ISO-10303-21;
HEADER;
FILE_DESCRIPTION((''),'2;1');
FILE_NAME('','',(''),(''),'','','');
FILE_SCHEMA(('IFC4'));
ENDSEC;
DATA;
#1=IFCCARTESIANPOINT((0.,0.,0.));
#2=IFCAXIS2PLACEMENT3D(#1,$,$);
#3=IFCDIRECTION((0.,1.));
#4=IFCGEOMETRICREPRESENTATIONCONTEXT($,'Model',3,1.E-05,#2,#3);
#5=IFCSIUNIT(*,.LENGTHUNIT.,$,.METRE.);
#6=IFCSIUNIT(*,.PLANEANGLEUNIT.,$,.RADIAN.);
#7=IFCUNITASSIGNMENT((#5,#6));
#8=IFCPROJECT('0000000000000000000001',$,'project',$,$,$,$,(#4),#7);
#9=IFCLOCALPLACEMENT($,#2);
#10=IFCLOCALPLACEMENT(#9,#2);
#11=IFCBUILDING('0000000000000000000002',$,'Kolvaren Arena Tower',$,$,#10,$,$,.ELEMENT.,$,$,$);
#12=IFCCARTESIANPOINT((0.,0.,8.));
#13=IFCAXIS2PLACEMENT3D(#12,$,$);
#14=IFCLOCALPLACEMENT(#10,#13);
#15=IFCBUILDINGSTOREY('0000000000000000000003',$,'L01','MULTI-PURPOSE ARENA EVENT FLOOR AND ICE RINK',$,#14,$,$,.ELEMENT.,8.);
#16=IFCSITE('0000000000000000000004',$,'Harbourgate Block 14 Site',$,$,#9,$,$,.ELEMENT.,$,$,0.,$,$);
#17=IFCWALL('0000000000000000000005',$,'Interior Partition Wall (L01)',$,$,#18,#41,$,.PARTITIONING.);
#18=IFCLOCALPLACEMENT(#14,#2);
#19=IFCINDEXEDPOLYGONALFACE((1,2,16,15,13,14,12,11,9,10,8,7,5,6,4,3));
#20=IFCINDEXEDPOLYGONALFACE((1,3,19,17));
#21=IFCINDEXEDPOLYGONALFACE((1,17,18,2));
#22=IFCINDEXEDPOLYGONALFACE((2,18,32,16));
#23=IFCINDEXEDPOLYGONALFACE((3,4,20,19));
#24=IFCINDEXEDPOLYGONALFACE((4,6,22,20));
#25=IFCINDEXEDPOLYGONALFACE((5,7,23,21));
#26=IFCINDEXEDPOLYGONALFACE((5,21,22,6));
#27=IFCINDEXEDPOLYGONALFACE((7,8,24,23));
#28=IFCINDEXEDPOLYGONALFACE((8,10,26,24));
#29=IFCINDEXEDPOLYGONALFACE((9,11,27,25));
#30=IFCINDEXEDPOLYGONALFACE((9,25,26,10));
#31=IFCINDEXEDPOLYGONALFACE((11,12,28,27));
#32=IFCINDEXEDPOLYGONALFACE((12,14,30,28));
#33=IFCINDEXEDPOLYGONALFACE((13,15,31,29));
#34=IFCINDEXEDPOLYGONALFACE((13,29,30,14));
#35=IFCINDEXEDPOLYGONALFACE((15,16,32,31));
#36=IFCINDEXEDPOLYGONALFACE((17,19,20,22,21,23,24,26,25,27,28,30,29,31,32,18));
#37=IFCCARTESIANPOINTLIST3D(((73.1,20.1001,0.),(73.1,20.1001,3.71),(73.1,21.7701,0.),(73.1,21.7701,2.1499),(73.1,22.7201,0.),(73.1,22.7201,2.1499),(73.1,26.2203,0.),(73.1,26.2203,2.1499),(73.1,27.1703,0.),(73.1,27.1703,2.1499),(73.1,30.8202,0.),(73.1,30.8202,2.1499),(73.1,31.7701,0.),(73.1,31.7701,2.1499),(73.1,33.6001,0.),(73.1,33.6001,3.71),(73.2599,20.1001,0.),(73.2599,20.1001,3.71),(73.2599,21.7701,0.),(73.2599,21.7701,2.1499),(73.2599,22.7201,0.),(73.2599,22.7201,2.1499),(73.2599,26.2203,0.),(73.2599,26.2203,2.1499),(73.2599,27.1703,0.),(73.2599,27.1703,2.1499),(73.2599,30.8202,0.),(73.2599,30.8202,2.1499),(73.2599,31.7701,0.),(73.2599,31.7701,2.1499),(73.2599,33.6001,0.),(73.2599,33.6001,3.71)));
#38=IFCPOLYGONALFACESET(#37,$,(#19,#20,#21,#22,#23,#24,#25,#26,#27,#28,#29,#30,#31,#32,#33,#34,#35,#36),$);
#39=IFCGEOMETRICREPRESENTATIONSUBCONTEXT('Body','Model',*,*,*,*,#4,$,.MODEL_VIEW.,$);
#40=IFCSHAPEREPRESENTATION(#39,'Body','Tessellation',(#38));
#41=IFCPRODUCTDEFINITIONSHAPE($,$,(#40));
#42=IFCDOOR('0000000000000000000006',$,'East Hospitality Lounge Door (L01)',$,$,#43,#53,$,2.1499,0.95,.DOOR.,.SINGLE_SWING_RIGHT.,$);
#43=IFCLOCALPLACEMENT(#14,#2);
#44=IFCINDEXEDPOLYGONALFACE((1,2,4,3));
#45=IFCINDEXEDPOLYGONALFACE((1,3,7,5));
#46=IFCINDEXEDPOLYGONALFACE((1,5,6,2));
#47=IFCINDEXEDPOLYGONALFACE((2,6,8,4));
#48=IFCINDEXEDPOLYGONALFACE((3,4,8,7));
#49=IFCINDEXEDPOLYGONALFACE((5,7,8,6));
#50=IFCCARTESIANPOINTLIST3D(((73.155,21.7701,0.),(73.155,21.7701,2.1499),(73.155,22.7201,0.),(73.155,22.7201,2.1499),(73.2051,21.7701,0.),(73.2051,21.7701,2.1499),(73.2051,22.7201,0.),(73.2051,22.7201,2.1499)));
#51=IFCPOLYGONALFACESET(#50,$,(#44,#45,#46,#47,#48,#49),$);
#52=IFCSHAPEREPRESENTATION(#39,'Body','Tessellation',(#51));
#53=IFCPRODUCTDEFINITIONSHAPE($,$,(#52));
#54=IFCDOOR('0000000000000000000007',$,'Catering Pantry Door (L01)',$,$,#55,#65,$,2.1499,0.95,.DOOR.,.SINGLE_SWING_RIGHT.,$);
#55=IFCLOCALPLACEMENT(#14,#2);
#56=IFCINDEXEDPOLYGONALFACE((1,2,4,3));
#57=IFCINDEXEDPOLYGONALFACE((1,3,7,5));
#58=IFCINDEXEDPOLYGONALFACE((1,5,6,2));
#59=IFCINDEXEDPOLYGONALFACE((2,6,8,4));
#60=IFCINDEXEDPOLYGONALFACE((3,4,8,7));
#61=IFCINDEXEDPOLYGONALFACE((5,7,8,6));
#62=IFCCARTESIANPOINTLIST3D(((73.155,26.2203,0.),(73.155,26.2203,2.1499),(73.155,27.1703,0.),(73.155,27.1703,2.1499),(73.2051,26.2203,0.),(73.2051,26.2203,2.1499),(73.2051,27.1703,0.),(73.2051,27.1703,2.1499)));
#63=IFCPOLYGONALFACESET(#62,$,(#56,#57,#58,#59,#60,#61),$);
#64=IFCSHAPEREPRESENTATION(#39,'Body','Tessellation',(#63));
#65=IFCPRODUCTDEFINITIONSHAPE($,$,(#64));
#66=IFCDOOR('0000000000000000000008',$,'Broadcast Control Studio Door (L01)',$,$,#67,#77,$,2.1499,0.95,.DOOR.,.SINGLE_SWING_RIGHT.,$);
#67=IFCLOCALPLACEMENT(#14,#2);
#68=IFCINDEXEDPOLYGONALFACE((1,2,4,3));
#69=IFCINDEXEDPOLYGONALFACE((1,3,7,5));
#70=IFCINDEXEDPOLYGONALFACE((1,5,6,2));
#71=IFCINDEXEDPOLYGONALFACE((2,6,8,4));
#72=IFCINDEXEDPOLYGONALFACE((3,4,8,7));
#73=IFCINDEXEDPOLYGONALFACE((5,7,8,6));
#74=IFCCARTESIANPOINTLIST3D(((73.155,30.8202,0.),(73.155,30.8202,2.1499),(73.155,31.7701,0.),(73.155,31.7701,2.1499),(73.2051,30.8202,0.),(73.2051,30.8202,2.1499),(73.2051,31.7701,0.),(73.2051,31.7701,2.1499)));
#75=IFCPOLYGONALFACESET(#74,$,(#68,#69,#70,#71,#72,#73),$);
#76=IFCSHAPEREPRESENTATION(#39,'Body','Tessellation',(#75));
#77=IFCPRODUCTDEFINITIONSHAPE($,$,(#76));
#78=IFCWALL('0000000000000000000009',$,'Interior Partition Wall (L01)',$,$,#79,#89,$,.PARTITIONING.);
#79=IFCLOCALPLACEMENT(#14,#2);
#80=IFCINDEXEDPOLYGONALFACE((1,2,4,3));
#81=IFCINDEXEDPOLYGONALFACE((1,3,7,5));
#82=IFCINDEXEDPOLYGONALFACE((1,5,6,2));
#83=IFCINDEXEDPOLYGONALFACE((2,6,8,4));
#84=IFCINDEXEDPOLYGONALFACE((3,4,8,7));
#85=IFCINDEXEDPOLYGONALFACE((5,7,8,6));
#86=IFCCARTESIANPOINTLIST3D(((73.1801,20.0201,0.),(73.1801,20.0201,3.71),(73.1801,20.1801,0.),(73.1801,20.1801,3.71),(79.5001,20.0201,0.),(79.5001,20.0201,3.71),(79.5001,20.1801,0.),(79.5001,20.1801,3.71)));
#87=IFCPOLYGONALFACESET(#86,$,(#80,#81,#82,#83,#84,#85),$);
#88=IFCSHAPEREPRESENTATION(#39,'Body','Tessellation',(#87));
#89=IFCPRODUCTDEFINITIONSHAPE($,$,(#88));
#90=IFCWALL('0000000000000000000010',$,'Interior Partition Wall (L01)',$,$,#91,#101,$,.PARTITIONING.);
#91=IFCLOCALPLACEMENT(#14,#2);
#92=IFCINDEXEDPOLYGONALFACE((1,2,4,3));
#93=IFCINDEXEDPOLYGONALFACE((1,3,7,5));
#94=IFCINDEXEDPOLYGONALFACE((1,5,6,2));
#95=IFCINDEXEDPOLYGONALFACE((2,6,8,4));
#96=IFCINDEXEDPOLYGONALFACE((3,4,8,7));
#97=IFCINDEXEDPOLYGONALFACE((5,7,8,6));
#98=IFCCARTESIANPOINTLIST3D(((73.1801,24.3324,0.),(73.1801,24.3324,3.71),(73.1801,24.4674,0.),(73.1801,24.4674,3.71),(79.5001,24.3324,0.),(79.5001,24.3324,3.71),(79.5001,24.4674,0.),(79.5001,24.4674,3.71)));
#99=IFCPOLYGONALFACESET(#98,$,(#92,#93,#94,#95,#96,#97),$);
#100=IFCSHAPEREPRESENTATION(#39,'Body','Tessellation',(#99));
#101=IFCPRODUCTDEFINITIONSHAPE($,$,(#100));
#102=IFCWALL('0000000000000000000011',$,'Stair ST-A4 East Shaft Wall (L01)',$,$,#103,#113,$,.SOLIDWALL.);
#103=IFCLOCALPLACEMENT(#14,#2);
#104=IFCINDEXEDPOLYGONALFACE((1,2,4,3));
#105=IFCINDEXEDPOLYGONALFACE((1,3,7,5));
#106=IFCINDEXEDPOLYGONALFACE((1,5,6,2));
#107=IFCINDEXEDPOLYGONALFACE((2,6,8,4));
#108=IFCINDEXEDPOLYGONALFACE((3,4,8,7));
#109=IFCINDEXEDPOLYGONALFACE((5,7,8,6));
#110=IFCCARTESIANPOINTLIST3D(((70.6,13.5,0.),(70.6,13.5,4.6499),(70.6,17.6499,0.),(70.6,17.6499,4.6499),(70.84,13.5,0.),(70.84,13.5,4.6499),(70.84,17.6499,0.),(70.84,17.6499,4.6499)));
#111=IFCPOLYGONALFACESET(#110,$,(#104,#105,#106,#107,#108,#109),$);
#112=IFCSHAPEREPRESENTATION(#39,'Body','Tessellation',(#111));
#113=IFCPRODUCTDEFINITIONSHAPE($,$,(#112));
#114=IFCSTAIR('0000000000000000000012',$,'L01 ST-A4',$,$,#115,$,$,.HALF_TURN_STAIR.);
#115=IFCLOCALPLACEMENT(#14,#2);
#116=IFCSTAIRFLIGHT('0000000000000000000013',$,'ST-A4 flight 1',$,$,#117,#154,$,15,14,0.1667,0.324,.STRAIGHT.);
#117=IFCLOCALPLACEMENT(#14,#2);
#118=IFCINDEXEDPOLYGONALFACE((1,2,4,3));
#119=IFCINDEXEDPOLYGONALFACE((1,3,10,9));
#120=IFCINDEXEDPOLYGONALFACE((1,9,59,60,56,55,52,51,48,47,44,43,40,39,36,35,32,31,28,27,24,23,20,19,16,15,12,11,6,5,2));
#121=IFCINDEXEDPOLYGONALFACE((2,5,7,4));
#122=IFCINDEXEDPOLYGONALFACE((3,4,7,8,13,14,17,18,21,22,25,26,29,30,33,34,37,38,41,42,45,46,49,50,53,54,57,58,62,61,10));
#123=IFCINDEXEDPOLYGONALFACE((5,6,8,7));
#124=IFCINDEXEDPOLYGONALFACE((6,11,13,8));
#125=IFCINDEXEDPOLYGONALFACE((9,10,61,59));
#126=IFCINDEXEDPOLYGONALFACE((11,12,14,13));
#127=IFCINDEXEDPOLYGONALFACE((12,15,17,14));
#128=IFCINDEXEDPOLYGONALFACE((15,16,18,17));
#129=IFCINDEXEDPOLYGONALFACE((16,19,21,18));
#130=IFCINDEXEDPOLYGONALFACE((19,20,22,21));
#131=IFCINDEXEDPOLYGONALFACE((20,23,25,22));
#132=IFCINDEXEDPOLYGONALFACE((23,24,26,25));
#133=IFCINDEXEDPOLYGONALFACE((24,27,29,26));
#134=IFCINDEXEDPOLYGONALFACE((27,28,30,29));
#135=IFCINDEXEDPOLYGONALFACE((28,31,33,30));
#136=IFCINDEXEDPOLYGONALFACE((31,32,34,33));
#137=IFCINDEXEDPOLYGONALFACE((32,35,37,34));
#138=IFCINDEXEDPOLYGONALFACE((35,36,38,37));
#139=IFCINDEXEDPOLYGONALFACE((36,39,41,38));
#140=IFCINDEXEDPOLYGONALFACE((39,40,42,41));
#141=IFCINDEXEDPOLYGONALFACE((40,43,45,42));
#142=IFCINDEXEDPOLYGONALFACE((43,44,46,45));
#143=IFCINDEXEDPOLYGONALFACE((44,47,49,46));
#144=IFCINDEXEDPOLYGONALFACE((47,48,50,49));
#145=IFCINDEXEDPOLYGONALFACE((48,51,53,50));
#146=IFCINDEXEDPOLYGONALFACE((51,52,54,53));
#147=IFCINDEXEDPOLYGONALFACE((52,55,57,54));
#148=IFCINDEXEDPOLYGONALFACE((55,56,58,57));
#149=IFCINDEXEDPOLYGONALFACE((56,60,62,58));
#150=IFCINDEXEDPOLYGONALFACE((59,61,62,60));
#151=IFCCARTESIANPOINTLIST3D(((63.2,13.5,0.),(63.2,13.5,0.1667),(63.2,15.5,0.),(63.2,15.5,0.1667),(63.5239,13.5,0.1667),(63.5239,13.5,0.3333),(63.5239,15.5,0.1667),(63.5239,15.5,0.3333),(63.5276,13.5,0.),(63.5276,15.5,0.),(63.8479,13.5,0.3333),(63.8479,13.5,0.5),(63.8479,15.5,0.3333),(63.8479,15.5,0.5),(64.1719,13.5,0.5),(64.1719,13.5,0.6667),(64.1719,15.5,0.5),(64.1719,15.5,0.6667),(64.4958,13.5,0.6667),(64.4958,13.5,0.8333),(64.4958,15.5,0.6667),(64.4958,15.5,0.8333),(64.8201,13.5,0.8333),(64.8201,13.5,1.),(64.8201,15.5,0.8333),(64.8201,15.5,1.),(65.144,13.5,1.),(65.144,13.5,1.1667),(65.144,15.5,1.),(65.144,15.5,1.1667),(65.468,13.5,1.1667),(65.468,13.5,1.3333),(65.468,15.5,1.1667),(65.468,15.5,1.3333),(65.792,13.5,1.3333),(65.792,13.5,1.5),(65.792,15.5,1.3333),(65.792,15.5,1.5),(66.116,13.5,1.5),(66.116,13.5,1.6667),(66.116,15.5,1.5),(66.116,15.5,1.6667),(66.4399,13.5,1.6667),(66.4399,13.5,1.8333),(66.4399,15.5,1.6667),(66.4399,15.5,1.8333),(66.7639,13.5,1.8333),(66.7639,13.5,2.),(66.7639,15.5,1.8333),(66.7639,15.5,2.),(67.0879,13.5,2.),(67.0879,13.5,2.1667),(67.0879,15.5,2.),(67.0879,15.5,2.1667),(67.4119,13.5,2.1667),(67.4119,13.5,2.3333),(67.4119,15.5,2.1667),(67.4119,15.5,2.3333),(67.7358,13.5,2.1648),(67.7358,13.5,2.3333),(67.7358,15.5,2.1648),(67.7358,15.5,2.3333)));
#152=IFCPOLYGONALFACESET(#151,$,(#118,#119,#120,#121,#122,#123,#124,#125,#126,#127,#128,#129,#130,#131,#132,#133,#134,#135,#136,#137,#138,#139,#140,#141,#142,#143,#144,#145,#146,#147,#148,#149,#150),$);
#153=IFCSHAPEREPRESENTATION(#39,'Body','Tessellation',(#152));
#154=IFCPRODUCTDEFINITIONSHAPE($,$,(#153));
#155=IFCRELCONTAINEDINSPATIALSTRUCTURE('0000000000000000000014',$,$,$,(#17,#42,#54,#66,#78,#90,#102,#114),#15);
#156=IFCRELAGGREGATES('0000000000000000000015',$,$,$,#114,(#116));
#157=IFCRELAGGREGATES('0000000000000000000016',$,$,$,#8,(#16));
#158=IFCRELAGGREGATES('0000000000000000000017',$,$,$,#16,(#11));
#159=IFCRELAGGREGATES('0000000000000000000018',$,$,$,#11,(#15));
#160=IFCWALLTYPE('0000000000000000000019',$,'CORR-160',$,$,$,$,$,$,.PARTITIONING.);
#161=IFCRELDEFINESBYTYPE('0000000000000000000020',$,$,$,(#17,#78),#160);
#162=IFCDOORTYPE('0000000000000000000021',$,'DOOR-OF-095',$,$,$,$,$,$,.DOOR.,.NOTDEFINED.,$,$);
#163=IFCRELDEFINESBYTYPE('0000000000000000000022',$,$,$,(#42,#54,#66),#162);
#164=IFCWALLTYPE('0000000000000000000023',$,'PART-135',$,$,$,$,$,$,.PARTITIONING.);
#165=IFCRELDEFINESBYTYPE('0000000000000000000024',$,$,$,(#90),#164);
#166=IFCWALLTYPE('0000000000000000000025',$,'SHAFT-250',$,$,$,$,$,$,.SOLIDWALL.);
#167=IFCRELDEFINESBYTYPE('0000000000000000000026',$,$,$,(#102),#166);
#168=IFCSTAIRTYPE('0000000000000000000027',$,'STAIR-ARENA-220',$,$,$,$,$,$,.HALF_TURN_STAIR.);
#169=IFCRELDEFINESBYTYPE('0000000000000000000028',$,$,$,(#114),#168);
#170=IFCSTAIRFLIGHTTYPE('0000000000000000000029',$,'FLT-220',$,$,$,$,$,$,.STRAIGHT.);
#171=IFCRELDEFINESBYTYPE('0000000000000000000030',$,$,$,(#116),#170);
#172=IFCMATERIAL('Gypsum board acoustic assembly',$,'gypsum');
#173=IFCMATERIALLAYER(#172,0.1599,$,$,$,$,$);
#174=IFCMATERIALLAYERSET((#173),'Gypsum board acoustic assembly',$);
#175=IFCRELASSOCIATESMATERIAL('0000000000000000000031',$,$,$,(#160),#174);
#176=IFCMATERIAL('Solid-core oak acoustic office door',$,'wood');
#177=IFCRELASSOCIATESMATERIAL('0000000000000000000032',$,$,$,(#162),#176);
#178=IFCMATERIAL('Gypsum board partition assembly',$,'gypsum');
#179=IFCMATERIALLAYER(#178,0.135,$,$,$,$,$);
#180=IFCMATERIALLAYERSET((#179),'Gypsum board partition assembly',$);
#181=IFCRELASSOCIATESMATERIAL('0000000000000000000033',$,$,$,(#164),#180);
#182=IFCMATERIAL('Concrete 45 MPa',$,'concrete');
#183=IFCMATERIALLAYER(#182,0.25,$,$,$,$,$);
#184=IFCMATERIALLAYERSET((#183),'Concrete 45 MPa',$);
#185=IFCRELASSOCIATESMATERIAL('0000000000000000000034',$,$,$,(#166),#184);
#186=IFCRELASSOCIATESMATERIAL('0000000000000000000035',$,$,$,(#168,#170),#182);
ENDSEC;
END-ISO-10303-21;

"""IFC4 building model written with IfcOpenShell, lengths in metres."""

from ifc_helpers import new_model, si_unit, direction, frame, frame_2d, origin, place, context, subcontext, project, spatial, polyline, rectangle, outline, extrude, material, layer, layer_set, type_object, element, fill, aggregate, save


model = new_model("IFC4")

# Units and contexts
model_context = context("Model", 3, precision=1e-05, world=origin(), true_north=direction((0.0, 1.0)))
body_context = subcontext(model_context, "Body", "Model", "MODEL_VIEW")
ifc_project = project(units=[si_unit("LENGTHUNIT", "METRE"), si_unit("PLANEANGLEUNIT", "RADIAN")], contexts=[model_context])

# Site, building, storey
site_placement = place(None, origin())
site = spatial("IfcSite", under=ifc_project, at=site_placement, Name="Harbourgate Block 14 Site", CompositionType="ELEMENT", RefElevation=0.0)
building_placement = place(site_placement, origin())
building = spatial("IfcBuilding", under=site, at=building_placement, Name="Kolvaren Arena Tower", CompositionType="ELEMENT")
storey_placement = place(building_placement, frame((0.0, 0.0, 8.0)))
storey = spatial("IfcBuildingStorey", under=building, at=storey_placement, Name="L01", Description="MULTI-PURPOSE ARENA EVENT FLOOR AND ICE RINK", CompositionType="ELEMENT", Elevation=8.0)

# Shared definitions
ifc_material_1 = material(Name="Gypsum board acoustic assembly", Category="gypsum")
ifc_layer_1 = layer(ifc_material_1, 0.1599)
ifc_layer_set_1 = layer_set([ifc_layer_1], Name="Gypsum board acoustic assembly")
wall_type_1 = type_object("IfcWallType", Name="CORR-160", PredefinedType="PARTITIONING", material=ifc_layer_set_1)
ifc_material_2 = material(Name="Solid-core oak acoustic office door", Category="wood")
door_type = type_object("IfcDoorType", Name="DOOR-OF-095", OperationType="NOTDEFINED", PredefinedType="DOOR", material=ifc_material_2)

# Wall, openings, doors
wall_1_placement = place(storey_placement, frame((73.1799, 20.1001, 0.0), z_axis=(0.0, 0.0, 1.0), x_axis=(0.0, 1.0, 0.0)))
wall_1 = element("IfcWall", 1, at=wall_1_placement, inside=storey, type_object=wall_type_1, Name="Interior Partition Wall (L01)", PredefinedType="PARTITIONING", context=body_context, shape_type="SweptSolid", body=[
    extrude(rectangle(XDim=13.5, YDim=0.1599, at=frame_2d((6.75, 0.0))), origin(), (0.0, 0.0, 1.0), 3.71),
])
opening_1_placement = place(wall_1_placement, frame((1.6699, 0.0, 0.0)))
opening_1 = element("IfcOpeningElement", 2, at=opening_1_placement, cuts=wall_1, PredefinedType="OPENING", context=body_context, shape_type="SweptSolid", body=[
    extrude(rectangle(XDim=0.95, YDim=2.1499, at=frame_2d((0.4751, 1.075))), frame((0.0, 0.0898, 0.0), z_axis=(0.0, -1.0, 0.0), x_axis=(1.0, 0.0, 0.0)), (0.0, 0.0, 1.0), 0.1799),
])
opening_2_placement = place(wall_1_placement, frame((6.1201, 0.0, 0.0)))
opening_2 = element("IfcOpeningElement", 3, at=opening_2_placement, cuts=wall_1, PredefinedType="OPENING", context=body_context, shape_type="SweptSolid", body=[
    extrude(rectangle(XDim=0.95, YDim=2.1499, at=frame_2d((0.4751, 1.075))), frame((0.0, 0.0898, 0.0), z_axis=(0.0, -1.0, 0.0), x_axis=(1.0, 0.0, 0.0)), (0.0, 0.0, 1.0), 0.1799),
])
opening_3_placement = place(wall_1_placement, frame((10.72, 0.0, 0.0)))
opening_3 = element("IfcOpeningElement", 4, at=opening_3_placement, cuts=wall_1, PredefinedType="OPENING", context=body_context, shape_type="SweptSolid", body=[
    extrude(rectangle(XDim=0.95, YDim=2.1499, at=frame_2d((0.4751, 1.075))), frame((0.0, 0.0898, 0.0), z_axis=(0.0, -1.0, 0.0), x_axis=(1.0, 0.0, 0.0)), (0.0, 0.0, 1.0), 0.1799),
])
door_1_placement = place(opening_1_placement, origin())
door_1 = element("IfcDoor", 5, at=door_1_placement, inside=storey, type_object=door_type, Name="East Hospitality Lounge Door (L01)", OperationType="SINGLE_SWING_RIGHT", OverallHeight=2.1499, OverallWidth=0.95, PredefinedType="DOOR", context=body_context, shape_type="SweptSolid", body=[
    extrude(rectangle(XDim=0.95, YDim=2.1499, at=frame_2d((0.4751, 1.075))), frame((0.0, 0.0249, 0.0), z_axis=(0.0, -1.0, 0.0), x_axis=(1.0, 0.0, 0.0)), (0.0, 0.0, 1.0), 0.05),
])
fill(opening_1, door_1)
door_2_placement = place(opening_2_placement, origin())
door_2 = element("IfcDoor", 6, at=door_2_placement, inside=storey, type_object=door_type, Name="Catering Pantry Door (L01)", OperationType="SINGLE_SWING_RIGHT", OverallHeight=2.1499, OverallWidth=0.95, PredefinedType="DOOR", context=body_context, shape_type="SweptSolid", body=[
    extrude(rectangle(XDim=0.95, YDim=2.1499, at=frame_2d((0.4751, 1.075))), frame((0.0, 0.0249, 0.0), z_axis=(0.0, -1.0, 0.0), x_axis=(1.0, 0.0, 0.0)), (0.0, 0.0, 1.0), 0.05),
])
fill(opening_2, door_2)
door_3_placement = place(opening_3_placement, origin())
door_3 = element("IfcDoor", 7, at=door_3_placement, inside=storey, type_object=door_type, Name="Broadcast Control Studio Door (L01)", OperationType="SINGLE_SWING_RIGHT", OverallHeight=2.1499, OverallWidth=0.95, PredefinedType="DOOR", context=body_context, shape_type="SweptSolid", body=[
    extrude(rectangle(XDim=0.95, YDim=2.1499, at=frame_2d((0.4751, 1.075))), frame((0.0, 0.0249, 0.0), z_axis=(0.0, -1.0, 0.0), x_axis=(1.0, 0.0, 0.0)), (0.0, 0.0, 1.0), 0.05),
])
fill(opening_3, door_3)

# Walls
wall_2_placement = place(storey_placement, frame((73.1799, 20.1001, 0.0), z_axis=(0.0, 0.0, 1.0), x_axis=(1.0, 0.0, 0.0)))
element("IfcWall", 8, at=wall_2_placement, inside=storey, type_object=wall_type_1, Name="Interior Partition Wall (L01)", PredefinedType="PARTITIONING", context=body_context, shape_type="SweptSolid", body=[
    extrude(rectangle(XDim=6.3201, YDim=0.1599, at=frame_2d((3.1602, 0.0))), origin(), (0.0, 0.0, 1.0), 3.71),
])
ifc_material_3 = material(Name="Gypsum board partition assembly", Category="gypsum")
ifc_layer_2 = layer(ifc_material_3, 0.135)
ifc_layer_set_2 = layer_set([ifc_layer_2], Name="Gypsum board partition assembly")
wall_type_2 = type_object("IfcWallType", Name="PART-135", PredefinedType="PARTITIONING", material=ifc_layer_set_2)
wall_3_placement = place(storey_placement, frame((73.1799, 24.3999, 0.0), z_axis=(0.0, 0.0, 1.0), x_axis=(1.0, 0.0, 0.0)))
element("IfcWall", 9, at=wall_3_placement, inside=storey, type_object=wall_type_2, Name="Interior Partition Wall (L01)", PredefinedType="PARTITIONING", context=body_context, shape_type="SweptSolid", body=[
    extrude(rectangle(XDim=6.3201, YDim=0.135, at=frame_2d((3.1602, 0.0))), origin(), (0.0, 0.0, 1.0), 3.71),
])
ifc_material_4 = material(Name="Concrete 45 MPa", Category="concrete")
ifc_layer_3 = layer(ifc_material_4, 0.25)
ifc_layer_set_3 = layer_set([ifc_layer_3], Name="Concrete 45 MPa")
wall_type_3 = type_object("IfcWallType", Name="SHAFT-250", PredefinedType="SOLIDWALL", material=ifc_layer_set_3)
wall_4_placement = place(storey_placement, frame((70.72, 13.5, 0.0), z_axis=(0.0, 0.0, 1.0), x_axis=(0.0, 1.0, 0.0)))
element("IfcWall", 10, at=wall_4_placement, inside=storey, type_object=wall_type_3, Name="Stair ST-A4 East Shaft Wall (L01)", PredefinedType="SOLIDWALL", context=body_context, shape_type="SweptSolid", body=[
    extrude(rectangle(XDim=4.1499, YDim=0.24, at=frame_2d((2.075, 0.0))), origin(), (0.0, 0.0, 1.0), 4.6499),
])

# Stair, stair flight
stair_type = type_object("IfcStairType", Name="STAIR-ARENA-220", PredefinedType="HALF_TURN_STAIR", material=ifc_material_4)
stair_placement = place(storey_placement, origin())
stair = element("IfcStair", 11, at=stair_placement, inside=storey, type_object=stair_type, Name="L01 ST-A4", PredefinedType="HALF_TURN_STAIR")
stair_flight_type = type_object("IfcStairFlightType", Name="FLT-220", PredefinedType="STRAIGHT", material=ifc_material_4)
stair_flight_1_placement = place(storey_placement, frame((63.2, 14.5, 0.0), z_axis=(0.0, 0.0, 1.0), x_axis=(1.0, 0.0, 0.0)))
stair_flight_1 = element("IfcStairFlight", 12, at=stair_flight_1_placement, type_object=stair_flight_type, Name="ST-A4 flight 1", NumberOfRisers=15, NumberOfTreads=14, PredefinedType="STRAIGHT", RiserHeight=0.1667, TreadLength=0.324, context=body_context, shape_type="SweptSolid", body=[
    extrude(outline(polyline([(0.0, 0.0), (0.0, 0.1667), (0.324, 0.1667), (0.324, 0.3333), (0.6479, 0.3333), (0.6479, 0.5), (0.9719, 0.5), (0.9719, 0.6667), (1.2959, 0.6667), (1.2959, 0.8333), (1.6201, 0.8333), (1.6201, 1.0), (1.9441, 1.0), (1.9441, 1.1667), (2.2681, 1.1667), (2.2681, 1.3333), (2.592, 1.3333), (2.592, 1.5), (2.916, 1.5), (2.916, 1.6667), (3.24, 1.6667), (3.24, 1.8333), (3.564, 1.8333), (3.564, 2.0), (3.8879, 2.0), (3.8879, 2.1667), (4.2119, 2.1667), (4.2119, 2.3333), (4.5359, 2.3333), (4.5359, 2.5), (4.5359, 2.1648), (0.3276, 0.0), (0.0, 0.0)])), frame((0.0, 1.0, 0.0), z_axis=(0.0, -1.0, 0.0), x_axis=(1.0, 0.0, 0.0)), (0.0, 0.0, 1.0), 2.0),
])
aggregate(stair, [stair_flight_1])

save(model, "model.ifc")
